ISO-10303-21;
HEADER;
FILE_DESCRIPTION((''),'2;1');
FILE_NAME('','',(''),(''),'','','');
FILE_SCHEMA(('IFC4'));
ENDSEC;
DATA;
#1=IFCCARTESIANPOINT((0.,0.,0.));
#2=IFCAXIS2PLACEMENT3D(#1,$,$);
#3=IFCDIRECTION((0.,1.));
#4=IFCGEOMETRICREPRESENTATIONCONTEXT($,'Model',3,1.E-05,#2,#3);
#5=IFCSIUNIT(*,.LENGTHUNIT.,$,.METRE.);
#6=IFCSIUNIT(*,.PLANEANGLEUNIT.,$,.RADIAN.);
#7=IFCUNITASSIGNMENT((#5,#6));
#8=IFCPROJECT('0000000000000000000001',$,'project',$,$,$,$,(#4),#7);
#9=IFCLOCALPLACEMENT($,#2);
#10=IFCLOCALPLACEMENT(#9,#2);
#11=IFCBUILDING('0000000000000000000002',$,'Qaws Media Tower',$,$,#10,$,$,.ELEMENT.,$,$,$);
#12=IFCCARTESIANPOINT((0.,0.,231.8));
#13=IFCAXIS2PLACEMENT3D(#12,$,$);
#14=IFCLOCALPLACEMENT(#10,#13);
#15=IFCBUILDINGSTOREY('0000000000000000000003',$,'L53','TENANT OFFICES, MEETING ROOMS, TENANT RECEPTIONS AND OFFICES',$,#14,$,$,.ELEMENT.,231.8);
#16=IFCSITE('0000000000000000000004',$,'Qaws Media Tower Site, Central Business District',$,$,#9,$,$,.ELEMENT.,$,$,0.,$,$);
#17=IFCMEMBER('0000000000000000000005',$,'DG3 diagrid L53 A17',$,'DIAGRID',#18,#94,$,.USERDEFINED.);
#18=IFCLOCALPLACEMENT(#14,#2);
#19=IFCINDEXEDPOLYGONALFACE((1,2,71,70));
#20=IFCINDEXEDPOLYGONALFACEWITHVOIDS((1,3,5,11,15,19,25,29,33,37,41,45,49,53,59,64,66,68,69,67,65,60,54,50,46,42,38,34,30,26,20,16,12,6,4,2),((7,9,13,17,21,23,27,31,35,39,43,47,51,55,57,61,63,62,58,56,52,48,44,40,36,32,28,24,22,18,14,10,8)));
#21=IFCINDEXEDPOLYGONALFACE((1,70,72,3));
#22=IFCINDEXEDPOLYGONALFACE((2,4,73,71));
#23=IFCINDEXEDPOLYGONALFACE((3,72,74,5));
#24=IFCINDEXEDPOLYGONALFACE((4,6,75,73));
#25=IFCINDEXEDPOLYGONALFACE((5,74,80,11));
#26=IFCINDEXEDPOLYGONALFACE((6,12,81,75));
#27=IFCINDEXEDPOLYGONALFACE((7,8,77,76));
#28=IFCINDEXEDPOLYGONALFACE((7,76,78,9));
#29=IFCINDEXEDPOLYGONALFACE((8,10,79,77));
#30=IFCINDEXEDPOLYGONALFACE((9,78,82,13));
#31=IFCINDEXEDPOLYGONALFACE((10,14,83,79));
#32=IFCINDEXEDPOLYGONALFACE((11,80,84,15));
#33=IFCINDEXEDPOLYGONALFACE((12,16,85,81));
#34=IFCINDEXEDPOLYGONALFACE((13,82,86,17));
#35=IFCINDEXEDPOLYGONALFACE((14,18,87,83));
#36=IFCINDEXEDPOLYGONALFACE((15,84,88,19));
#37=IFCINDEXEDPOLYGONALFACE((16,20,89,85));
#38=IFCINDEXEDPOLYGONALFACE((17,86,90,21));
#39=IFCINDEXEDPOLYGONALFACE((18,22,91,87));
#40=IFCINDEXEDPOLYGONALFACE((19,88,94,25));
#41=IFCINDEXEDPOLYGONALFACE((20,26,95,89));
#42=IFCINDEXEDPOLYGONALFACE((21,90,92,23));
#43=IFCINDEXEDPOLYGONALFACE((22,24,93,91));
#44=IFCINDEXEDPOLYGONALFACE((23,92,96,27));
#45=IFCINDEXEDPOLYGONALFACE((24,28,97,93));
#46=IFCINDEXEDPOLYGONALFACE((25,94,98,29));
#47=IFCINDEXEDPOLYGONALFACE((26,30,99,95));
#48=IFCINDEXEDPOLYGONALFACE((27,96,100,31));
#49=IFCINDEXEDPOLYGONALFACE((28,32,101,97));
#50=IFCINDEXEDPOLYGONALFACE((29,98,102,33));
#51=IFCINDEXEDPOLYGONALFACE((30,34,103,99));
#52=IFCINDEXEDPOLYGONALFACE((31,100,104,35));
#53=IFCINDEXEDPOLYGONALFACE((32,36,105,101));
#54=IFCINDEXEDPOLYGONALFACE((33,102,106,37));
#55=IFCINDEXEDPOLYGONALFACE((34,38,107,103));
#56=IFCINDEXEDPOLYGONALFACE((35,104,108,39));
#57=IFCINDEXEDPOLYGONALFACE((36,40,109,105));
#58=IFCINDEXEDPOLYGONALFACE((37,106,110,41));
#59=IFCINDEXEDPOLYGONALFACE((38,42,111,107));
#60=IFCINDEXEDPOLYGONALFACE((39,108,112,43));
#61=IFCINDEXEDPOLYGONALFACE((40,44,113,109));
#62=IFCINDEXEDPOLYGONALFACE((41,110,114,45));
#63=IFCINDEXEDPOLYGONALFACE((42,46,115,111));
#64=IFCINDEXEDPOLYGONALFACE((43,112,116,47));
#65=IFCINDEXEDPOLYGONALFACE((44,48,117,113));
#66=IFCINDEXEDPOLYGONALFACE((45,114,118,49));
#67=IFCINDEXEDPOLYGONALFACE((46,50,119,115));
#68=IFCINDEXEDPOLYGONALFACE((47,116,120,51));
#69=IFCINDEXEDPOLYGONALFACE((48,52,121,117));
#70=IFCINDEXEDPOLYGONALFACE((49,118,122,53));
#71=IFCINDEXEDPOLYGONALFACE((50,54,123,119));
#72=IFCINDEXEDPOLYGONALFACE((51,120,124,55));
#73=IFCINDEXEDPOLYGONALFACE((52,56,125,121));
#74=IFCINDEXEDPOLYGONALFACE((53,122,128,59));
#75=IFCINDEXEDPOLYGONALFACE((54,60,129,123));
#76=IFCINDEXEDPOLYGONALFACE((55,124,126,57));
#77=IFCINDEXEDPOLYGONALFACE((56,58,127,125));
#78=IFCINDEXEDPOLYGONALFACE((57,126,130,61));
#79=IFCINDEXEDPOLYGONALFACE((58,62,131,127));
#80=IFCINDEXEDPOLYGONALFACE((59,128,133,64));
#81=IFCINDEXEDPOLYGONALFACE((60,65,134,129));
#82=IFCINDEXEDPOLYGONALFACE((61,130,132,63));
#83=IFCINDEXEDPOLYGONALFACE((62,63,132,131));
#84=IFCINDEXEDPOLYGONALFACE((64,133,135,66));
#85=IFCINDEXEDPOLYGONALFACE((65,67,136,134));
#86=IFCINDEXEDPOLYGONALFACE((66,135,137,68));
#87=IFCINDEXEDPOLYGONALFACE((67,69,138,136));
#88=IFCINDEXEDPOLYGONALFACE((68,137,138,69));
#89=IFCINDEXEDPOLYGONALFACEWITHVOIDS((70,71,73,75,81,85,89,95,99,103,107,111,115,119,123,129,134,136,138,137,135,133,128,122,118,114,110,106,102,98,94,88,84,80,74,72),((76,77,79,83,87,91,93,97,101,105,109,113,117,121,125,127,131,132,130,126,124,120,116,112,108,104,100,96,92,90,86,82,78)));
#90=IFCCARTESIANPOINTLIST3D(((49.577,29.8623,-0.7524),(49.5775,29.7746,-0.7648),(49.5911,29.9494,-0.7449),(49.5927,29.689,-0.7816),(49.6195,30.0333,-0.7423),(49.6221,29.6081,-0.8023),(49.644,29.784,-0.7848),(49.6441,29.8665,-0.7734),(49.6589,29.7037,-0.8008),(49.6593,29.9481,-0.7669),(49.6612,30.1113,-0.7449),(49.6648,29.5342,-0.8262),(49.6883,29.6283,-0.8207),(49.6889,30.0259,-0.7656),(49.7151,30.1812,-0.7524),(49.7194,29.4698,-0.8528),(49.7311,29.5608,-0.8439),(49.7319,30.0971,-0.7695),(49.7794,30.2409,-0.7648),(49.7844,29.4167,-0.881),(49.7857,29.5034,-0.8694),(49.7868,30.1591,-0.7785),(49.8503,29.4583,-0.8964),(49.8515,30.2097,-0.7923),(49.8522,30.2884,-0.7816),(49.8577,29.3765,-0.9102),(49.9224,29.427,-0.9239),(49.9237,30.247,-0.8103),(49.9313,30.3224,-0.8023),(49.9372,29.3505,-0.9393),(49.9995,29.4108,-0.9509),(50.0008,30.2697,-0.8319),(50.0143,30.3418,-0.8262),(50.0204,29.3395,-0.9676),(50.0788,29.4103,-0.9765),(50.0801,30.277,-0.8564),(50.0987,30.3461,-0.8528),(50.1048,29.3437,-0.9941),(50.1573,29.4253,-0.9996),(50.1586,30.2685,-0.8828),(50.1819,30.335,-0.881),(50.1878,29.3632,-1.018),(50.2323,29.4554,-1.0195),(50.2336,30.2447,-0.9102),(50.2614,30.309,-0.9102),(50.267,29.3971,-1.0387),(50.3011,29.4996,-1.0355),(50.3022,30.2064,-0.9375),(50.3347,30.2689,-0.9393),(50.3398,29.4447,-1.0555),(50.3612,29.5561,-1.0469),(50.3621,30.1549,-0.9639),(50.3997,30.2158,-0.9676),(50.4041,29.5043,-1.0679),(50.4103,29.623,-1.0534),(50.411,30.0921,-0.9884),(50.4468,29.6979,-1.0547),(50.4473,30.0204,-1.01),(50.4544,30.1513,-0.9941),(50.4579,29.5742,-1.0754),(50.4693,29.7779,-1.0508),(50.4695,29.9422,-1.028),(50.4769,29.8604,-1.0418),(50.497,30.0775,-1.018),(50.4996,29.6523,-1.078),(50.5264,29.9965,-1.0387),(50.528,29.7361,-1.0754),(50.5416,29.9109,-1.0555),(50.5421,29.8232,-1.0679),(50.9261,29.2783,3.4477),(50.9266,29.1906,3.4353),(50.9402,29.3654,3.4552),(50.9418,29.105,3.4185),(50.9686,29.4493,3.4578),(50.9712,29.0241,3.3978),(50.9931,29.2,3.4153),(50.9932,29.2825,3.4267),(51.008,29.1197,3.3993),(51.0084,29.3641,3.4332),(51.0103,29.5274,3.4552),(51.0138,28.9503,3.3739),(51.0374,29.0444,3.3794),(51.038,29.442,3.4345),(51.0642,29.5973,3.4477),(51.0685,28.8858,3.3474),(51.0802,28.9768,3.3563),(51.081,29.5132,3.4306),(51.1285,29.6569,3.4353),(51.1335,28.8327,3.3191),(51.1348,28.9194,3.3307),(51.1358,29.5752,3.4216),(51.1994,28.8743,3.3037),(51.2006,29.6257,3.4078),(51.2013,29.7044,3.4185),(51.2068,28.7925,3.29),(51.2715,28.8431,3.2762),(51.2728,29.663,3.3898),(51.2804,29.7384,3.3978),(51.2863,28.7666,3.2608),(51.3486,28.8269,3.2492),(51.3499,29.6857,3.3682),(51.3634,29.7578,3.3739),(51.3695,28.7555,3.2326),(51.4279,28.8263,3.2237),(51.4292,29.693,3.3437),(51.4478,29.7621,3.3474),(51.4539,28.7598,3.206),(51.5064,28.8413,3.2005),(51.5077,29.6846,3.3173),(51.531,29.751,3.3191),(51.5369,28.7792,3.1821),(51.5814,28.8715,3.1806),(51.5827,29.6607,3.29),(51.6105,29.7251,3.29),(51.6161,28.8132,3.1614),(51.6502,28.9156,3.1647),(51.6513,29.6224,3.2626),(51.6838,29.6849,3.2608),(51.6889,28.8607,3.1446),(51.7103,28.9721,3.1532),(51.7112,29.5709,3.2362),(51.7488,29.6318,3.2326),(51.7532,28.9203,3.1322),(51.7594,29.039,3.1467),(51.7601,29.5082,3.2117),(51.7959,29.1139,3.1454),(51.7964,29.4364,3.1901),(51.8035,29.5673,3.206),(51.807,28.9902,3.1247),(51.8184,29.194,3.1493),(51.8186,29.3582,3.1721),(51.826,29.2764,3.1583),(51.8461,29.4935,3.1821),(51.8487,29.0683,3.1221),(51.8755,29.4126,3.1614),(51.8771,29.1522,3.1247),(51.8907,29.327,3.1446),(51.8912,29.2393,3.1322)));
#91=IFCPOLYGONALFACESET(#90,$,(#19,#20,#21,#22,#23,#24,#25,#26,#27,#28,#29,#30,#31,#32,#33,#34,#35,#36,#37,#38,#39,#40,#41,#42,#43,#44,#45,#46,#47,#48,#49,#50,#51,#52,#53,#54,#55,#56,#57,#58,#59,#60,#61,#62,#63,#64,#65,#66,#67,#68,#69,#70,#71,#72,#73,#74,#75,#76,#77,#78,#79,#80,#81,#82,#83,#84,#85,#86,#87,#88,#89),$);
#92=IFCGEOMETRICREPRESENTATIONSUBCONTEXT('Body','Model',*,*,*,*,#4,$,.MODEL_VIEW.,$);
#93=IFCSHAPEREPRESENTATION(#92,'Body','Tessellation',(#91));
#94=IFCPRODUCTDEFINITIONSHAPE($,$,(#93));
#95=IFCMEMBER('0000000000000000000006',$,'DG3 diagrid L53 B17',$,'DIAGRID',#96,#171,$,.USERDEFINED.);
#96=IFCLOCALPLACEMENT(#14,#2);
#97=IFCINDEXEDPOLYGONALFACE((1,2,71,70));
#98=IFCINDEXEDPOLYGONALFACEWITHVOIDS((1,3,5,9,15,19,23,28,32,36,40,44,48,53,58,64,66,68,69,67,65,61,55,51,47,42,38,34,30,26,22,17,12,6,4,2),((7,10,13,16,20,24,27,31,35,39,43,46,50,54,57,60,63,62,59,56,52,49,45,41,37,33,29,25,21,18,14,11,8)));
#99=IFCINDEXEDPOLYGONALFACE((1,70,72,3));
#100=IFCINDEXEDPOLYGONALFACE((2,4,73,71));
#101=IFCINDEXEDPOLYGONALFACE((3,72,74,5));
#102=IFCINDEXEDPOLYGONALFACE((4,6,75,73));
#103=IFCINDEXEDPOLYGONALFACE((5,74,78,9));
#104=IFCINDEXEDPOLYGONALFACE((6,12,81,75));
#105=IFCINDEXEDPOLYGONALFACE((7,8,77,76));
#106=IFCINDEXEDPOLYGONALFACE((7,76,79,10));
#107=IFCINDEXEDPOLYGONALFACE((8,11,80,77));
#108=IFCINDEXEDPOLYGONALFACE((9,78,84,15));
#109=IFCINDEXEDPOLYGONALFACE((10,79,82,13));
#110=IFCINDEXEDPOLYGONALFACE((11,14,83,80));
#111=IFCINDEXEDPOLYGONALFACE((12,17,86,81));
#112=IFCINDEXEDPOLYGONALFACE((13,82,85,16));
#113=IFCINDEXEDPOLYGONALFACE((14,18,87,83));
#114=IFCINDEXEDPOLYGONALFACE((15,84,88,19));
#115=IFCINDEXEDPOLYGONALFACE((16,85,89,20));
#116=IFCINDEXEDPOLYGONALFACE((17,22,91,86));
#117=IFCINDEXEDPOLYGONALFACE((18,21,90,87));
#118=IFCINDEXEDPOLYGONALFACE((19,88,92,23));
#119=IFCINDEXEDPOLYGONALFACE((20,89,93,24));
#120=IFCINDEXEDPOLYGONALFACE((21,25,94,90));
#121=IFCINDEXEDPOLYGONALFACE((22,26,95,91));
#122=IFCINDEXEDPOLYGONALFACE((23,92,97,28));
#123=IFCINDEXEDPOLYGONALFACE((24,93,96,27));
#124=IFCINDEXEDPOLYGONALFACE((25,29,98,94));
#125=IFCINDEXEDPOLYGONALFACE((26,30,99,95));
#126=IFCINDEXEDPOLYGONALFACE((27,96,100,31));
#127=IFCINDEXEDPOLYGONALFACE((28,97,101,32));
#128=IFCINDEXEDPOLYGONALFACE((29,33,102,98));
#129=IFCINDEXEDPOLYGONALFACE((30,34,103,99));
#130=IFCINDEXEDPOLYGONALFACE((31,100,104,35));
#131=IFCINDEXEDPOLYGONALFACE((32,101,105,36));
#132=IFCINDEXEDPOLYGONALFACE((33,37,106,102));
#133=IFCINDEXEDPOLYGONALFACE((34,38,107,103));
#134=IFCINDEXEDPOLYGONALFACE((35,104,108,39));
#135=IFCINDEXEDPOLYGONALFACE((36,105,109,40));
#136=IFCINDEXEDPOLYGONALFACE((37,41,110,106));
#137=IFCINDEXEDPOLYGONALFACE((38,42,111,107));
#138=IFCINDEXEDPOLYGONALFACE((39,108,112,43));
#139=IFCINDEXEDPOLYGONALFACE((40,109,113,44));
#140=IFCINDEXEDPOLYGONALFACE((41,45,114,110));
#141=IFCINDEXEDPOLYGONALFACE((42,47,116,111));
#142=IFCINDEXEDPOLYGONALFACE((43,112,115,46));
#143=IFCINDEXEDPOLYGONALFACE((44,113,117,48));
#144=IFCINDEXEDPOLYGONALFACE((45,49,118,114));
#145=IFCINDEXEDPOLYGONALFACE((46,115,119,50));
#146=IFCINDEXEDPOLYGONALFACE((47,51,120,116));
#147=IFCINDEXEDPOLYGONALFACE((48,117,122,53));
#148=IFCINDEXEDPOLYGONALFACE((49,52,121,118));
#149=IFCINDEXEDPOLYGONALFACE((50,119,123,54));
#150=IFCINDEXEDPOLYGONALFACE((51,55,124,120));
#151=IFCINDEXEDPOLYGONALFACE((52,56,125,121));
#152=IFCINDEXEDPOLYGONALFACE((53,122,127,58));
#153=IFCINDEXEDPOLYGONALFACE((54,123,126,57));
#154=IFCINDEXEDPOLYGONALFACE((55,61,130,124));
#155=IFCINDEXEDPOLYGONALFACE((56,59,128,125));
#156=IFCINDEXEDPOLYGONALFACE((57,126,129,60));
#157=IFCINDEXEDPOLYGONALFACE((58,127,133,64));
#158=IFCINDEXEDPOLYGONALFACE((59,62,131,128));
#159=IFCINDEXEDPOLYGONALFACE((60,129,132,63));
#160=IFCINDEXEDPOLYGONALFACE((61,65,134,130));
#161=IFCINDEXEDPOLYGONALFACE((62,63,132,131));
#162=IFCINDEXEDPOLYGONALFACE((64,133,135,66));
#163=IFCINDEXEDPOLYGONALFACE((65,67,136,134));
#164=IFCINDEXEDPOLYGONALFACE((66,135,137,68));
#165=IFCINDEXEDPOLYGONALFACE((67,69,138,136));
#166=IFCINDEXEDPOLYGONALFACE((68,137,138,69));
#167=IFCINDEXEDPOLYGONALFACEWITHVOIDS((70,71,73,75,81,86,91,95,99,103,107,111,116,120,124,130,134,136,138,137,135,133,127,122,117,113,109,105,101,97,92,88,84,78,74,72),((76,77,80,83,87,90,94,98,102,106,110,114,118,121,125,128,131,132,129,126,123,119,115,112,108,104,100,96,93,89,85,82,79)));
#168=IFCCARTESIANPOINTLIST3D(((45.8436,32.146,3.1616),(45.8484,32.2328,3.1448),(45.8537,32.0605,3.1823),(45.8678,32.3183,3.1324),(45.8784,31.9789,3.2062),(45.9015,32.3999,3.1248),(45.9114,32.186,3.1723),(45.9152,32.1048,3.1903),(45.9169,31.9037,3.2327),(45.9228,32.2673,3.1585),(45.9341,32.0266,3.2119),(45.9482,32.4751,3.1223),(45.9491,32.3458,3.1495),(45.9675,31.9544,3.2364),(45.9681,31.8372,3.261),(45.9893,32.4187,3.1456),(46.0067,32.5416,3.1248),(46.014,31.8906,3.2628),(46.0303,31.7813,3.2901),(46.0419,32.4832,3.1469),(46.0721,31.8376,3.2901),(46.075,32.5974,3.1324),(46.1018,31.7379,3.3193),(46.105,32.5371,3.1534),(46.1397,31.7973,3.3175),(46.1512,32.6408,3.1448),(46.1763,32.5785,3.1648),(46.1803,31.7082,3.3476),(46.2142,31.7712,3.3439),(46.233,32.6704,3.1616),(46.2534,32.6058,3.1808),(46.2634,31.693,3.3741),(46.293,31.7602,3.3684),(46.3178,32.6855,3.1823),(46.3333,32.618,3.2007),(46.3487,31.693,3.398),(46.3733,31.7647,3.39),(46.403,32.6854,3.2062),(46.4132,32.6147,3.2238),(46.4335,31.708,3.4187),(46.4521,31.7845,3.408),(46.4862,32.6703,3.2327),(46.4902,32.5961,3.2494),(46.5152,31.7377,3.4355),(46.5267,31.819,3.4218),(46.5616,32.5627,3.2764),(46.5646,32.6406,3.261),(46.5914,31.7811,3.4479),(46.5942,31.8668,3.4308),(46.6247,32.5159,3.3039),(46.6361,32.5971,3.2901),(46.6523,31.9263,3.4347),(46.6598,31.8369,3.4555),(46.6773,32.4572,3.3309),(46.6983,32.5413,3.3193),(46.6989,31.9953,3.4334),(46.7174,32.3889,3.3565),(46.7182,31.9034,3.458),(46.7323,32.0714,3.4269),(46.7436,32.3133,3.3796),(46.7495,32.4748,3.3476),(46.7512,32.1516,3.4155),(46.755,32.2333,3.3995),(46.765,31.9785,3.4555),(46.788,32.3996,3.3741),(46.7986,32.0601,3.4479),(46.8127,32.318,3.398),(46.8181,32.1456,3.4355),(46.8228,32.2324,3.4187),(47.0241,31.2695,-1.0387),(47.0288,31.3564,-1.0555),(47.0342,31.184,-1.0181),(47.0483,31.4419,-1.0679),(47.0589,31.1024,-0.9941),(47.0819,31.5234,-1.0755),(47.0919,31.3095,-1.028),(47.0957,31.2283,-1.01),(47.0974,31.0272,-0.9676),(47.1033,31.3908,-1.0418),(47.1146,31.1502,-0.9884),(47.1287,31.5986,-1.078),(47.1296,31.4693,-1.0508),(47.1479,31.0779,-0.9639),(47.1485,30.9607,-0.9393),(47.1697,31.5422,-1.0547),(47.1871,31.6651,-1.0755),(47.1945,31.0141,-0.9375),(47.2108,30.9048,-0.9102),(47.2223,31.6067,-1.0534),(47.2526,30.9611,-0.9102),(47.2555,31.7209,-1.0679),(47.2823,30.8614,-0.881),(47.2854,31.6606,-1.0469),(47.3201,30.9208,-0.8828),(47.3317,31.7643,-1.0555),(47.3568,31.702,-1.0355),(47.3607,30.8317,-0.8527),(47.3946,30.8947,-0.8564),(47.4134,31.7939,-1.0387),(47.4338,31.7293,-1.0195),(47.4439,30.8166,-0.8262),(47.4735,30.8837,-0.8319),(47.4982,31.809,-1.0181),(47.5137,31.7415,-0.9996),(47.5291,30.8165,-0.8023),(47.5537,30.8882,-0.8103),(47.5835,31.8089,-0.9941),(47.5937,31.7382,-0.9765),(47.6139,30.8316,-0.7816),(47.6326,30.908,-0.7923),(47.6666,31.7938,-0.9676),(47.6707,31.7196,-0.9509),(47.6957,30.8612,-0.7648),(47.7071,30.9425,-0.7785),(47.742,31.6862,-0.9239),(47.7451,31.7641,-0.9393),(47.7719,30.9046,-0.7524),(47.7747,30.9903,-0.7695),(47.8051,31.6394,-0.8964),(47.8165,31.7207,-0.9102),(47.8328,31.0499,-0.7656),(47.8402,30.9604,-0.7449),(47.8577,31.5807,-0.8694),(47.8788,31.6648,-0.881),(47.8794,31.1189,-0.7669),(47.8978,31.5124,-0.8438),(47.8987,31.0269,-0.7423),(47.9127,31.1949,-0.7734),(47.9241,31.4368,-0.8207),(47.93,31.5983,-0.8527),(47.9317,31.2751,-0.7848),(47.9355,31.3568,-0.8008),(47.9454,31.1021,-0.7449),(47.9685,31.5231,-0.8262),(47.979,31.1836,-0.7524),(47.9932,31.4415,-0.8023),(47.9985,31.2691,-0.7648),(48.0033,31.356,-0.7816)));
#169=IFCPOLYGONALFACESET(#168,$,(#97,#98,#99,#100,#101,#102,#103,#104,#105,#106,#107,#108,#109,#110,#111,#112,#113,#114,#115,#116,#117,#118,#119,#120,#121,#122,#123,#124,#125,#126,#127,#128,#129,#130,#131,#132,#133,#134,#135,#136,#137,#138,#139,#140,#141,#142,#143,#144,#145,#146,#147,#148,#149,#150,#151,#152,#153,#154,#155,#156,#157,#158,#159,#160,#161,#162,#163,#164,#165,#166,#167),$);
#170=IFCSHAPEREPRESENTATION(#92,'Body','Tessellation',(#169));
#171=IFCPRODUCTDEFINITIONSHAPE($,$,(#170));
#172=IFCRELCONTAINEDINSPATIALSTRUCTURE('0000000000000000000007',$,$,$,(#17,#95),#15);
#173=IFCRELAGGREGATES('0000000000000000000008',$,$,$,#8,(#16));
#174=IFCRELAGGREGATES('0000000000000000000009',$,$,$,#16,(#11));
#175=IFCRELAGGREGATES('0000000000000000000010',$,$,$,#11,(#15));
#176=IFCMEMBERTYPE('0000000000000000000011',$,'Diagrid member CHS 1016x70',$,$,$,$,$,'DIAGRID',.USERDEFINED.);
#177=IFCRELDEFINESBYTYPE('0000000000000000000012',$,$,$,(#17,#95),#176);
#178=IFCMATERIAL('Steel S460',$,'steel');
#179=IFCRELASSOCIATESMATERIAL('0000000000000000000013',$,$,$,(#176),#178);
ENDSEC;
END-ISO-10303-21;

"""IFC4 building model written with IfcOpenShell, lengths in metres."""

from ifc_helpers import new_model, si_unit, direction, frame, origin, origin_2d, place, context, subcontext, project, spatial, hollow_circle, extrude, material, material_profile, profile_set, type_object, element, save


model = new_model("IFC4")

# Units and contexts
model_context = context("Model", 3, precision=1e-05, world=origin(), true_north=direction((0.0, 1.0)))
body_context = subcontext(model_context, "Body", "Model", "MODEL_VIEW")
ifc_project = project(units=[si_unit("LENGTHUNIT", "METRE"), si_unit("PLANEANGLEUNIT", "RADIAN")], contexts=[model_context])

# Site, building, storey
site_placement = place(None, origin())
site = spatial("IfcSite", under=ifc_project, at=site_placement, Name="Qaws Media Tower Site, Central Business District", CompositionType="ELEMENT", RefElevation=0.0)
building_placement = place(site_placement, origin())
building = spatial("IfcBuilding", under=site, at=building_placement, Name="Qaws Media Tower", CompositionType="ELEMENT")
storey_placement = place(building_placement, frame((0.0, 0.0, 231.8)))
storey = spatial("IfcBuildingStorey", under=building, at=storey_placement, Name="L53", Description="TENANT OFFICES, MEETING ROOMS, TENANT RECEPTIONS AND OFFICES", CompositionType="ELEMENT", Elevation=231.8)

# Members
ifc_material_1 = material(Name="Steel S460", Category="steel")
ifc_material_profile_1 = material_profile(ifc_material_1, hollow_circle(Radius=0.5081, WallThickness=0.0701, at=origin_2d()), Name="CHS 1016x70")
ifc_profile_set_1 = profile_set([ifc_material_profile_1], Name="Steel S460")
member_type_1 = type_object("IfcMemberType", Name="Diagrid member CHS 1016x70", ElementType="DIAGRID", PredefinedType="USERDEFINED", material=ifc_profile_set_1)
for number, where, z_axis, x_axis, name in (
    (1, (50.0596, 29.8428, -0.9102), (0.303171, -0.131231, 0.943857), (0.397244, 0.917713, 0.0), "DG3 diagrid L53 A17"),
):
    element("IfcMember", number, at=place(storey_placement, frame(where, z_axis=z_axis, x_axis=x_axis)), inside=storey, type_object=member_type_1, Name=name, ObjectType="DIAGRID", PredefinedType="USERDEFINED", context=body_context, shape_type="SweptSolid", body=[
        extrude(hollow_circle(Radius=0.5081, WallThickness=0.0701, at=origin_2d()), origin(), (0.0, 0.0, 1.0), 4.45),
    ])
member_1_placement = place(storey_placement, frame((47.5137, 31.3127, -0.9102), z_axis=(-0.265258, 0.196955, 0.943847), x_axis=(-0.596141, -0.80288, 0.0)))
element("IfcMember", 2, at=member_1_placement, inside=storey, type_object=member_type_1, Name="DG3 diagrid L53 B17", ObjectType="DIAGRID", PredefinedType="USERDEFINED", context=body_context, shape_type="SweptSolid", body=[
    extrude(hollow_circle(Radius=0.5081, WallThickness=0.0701, at=origin_2d()), origin(), (0.0, 0.0, 1.0), 4.4502),
])

save(model, "model.ifc")
